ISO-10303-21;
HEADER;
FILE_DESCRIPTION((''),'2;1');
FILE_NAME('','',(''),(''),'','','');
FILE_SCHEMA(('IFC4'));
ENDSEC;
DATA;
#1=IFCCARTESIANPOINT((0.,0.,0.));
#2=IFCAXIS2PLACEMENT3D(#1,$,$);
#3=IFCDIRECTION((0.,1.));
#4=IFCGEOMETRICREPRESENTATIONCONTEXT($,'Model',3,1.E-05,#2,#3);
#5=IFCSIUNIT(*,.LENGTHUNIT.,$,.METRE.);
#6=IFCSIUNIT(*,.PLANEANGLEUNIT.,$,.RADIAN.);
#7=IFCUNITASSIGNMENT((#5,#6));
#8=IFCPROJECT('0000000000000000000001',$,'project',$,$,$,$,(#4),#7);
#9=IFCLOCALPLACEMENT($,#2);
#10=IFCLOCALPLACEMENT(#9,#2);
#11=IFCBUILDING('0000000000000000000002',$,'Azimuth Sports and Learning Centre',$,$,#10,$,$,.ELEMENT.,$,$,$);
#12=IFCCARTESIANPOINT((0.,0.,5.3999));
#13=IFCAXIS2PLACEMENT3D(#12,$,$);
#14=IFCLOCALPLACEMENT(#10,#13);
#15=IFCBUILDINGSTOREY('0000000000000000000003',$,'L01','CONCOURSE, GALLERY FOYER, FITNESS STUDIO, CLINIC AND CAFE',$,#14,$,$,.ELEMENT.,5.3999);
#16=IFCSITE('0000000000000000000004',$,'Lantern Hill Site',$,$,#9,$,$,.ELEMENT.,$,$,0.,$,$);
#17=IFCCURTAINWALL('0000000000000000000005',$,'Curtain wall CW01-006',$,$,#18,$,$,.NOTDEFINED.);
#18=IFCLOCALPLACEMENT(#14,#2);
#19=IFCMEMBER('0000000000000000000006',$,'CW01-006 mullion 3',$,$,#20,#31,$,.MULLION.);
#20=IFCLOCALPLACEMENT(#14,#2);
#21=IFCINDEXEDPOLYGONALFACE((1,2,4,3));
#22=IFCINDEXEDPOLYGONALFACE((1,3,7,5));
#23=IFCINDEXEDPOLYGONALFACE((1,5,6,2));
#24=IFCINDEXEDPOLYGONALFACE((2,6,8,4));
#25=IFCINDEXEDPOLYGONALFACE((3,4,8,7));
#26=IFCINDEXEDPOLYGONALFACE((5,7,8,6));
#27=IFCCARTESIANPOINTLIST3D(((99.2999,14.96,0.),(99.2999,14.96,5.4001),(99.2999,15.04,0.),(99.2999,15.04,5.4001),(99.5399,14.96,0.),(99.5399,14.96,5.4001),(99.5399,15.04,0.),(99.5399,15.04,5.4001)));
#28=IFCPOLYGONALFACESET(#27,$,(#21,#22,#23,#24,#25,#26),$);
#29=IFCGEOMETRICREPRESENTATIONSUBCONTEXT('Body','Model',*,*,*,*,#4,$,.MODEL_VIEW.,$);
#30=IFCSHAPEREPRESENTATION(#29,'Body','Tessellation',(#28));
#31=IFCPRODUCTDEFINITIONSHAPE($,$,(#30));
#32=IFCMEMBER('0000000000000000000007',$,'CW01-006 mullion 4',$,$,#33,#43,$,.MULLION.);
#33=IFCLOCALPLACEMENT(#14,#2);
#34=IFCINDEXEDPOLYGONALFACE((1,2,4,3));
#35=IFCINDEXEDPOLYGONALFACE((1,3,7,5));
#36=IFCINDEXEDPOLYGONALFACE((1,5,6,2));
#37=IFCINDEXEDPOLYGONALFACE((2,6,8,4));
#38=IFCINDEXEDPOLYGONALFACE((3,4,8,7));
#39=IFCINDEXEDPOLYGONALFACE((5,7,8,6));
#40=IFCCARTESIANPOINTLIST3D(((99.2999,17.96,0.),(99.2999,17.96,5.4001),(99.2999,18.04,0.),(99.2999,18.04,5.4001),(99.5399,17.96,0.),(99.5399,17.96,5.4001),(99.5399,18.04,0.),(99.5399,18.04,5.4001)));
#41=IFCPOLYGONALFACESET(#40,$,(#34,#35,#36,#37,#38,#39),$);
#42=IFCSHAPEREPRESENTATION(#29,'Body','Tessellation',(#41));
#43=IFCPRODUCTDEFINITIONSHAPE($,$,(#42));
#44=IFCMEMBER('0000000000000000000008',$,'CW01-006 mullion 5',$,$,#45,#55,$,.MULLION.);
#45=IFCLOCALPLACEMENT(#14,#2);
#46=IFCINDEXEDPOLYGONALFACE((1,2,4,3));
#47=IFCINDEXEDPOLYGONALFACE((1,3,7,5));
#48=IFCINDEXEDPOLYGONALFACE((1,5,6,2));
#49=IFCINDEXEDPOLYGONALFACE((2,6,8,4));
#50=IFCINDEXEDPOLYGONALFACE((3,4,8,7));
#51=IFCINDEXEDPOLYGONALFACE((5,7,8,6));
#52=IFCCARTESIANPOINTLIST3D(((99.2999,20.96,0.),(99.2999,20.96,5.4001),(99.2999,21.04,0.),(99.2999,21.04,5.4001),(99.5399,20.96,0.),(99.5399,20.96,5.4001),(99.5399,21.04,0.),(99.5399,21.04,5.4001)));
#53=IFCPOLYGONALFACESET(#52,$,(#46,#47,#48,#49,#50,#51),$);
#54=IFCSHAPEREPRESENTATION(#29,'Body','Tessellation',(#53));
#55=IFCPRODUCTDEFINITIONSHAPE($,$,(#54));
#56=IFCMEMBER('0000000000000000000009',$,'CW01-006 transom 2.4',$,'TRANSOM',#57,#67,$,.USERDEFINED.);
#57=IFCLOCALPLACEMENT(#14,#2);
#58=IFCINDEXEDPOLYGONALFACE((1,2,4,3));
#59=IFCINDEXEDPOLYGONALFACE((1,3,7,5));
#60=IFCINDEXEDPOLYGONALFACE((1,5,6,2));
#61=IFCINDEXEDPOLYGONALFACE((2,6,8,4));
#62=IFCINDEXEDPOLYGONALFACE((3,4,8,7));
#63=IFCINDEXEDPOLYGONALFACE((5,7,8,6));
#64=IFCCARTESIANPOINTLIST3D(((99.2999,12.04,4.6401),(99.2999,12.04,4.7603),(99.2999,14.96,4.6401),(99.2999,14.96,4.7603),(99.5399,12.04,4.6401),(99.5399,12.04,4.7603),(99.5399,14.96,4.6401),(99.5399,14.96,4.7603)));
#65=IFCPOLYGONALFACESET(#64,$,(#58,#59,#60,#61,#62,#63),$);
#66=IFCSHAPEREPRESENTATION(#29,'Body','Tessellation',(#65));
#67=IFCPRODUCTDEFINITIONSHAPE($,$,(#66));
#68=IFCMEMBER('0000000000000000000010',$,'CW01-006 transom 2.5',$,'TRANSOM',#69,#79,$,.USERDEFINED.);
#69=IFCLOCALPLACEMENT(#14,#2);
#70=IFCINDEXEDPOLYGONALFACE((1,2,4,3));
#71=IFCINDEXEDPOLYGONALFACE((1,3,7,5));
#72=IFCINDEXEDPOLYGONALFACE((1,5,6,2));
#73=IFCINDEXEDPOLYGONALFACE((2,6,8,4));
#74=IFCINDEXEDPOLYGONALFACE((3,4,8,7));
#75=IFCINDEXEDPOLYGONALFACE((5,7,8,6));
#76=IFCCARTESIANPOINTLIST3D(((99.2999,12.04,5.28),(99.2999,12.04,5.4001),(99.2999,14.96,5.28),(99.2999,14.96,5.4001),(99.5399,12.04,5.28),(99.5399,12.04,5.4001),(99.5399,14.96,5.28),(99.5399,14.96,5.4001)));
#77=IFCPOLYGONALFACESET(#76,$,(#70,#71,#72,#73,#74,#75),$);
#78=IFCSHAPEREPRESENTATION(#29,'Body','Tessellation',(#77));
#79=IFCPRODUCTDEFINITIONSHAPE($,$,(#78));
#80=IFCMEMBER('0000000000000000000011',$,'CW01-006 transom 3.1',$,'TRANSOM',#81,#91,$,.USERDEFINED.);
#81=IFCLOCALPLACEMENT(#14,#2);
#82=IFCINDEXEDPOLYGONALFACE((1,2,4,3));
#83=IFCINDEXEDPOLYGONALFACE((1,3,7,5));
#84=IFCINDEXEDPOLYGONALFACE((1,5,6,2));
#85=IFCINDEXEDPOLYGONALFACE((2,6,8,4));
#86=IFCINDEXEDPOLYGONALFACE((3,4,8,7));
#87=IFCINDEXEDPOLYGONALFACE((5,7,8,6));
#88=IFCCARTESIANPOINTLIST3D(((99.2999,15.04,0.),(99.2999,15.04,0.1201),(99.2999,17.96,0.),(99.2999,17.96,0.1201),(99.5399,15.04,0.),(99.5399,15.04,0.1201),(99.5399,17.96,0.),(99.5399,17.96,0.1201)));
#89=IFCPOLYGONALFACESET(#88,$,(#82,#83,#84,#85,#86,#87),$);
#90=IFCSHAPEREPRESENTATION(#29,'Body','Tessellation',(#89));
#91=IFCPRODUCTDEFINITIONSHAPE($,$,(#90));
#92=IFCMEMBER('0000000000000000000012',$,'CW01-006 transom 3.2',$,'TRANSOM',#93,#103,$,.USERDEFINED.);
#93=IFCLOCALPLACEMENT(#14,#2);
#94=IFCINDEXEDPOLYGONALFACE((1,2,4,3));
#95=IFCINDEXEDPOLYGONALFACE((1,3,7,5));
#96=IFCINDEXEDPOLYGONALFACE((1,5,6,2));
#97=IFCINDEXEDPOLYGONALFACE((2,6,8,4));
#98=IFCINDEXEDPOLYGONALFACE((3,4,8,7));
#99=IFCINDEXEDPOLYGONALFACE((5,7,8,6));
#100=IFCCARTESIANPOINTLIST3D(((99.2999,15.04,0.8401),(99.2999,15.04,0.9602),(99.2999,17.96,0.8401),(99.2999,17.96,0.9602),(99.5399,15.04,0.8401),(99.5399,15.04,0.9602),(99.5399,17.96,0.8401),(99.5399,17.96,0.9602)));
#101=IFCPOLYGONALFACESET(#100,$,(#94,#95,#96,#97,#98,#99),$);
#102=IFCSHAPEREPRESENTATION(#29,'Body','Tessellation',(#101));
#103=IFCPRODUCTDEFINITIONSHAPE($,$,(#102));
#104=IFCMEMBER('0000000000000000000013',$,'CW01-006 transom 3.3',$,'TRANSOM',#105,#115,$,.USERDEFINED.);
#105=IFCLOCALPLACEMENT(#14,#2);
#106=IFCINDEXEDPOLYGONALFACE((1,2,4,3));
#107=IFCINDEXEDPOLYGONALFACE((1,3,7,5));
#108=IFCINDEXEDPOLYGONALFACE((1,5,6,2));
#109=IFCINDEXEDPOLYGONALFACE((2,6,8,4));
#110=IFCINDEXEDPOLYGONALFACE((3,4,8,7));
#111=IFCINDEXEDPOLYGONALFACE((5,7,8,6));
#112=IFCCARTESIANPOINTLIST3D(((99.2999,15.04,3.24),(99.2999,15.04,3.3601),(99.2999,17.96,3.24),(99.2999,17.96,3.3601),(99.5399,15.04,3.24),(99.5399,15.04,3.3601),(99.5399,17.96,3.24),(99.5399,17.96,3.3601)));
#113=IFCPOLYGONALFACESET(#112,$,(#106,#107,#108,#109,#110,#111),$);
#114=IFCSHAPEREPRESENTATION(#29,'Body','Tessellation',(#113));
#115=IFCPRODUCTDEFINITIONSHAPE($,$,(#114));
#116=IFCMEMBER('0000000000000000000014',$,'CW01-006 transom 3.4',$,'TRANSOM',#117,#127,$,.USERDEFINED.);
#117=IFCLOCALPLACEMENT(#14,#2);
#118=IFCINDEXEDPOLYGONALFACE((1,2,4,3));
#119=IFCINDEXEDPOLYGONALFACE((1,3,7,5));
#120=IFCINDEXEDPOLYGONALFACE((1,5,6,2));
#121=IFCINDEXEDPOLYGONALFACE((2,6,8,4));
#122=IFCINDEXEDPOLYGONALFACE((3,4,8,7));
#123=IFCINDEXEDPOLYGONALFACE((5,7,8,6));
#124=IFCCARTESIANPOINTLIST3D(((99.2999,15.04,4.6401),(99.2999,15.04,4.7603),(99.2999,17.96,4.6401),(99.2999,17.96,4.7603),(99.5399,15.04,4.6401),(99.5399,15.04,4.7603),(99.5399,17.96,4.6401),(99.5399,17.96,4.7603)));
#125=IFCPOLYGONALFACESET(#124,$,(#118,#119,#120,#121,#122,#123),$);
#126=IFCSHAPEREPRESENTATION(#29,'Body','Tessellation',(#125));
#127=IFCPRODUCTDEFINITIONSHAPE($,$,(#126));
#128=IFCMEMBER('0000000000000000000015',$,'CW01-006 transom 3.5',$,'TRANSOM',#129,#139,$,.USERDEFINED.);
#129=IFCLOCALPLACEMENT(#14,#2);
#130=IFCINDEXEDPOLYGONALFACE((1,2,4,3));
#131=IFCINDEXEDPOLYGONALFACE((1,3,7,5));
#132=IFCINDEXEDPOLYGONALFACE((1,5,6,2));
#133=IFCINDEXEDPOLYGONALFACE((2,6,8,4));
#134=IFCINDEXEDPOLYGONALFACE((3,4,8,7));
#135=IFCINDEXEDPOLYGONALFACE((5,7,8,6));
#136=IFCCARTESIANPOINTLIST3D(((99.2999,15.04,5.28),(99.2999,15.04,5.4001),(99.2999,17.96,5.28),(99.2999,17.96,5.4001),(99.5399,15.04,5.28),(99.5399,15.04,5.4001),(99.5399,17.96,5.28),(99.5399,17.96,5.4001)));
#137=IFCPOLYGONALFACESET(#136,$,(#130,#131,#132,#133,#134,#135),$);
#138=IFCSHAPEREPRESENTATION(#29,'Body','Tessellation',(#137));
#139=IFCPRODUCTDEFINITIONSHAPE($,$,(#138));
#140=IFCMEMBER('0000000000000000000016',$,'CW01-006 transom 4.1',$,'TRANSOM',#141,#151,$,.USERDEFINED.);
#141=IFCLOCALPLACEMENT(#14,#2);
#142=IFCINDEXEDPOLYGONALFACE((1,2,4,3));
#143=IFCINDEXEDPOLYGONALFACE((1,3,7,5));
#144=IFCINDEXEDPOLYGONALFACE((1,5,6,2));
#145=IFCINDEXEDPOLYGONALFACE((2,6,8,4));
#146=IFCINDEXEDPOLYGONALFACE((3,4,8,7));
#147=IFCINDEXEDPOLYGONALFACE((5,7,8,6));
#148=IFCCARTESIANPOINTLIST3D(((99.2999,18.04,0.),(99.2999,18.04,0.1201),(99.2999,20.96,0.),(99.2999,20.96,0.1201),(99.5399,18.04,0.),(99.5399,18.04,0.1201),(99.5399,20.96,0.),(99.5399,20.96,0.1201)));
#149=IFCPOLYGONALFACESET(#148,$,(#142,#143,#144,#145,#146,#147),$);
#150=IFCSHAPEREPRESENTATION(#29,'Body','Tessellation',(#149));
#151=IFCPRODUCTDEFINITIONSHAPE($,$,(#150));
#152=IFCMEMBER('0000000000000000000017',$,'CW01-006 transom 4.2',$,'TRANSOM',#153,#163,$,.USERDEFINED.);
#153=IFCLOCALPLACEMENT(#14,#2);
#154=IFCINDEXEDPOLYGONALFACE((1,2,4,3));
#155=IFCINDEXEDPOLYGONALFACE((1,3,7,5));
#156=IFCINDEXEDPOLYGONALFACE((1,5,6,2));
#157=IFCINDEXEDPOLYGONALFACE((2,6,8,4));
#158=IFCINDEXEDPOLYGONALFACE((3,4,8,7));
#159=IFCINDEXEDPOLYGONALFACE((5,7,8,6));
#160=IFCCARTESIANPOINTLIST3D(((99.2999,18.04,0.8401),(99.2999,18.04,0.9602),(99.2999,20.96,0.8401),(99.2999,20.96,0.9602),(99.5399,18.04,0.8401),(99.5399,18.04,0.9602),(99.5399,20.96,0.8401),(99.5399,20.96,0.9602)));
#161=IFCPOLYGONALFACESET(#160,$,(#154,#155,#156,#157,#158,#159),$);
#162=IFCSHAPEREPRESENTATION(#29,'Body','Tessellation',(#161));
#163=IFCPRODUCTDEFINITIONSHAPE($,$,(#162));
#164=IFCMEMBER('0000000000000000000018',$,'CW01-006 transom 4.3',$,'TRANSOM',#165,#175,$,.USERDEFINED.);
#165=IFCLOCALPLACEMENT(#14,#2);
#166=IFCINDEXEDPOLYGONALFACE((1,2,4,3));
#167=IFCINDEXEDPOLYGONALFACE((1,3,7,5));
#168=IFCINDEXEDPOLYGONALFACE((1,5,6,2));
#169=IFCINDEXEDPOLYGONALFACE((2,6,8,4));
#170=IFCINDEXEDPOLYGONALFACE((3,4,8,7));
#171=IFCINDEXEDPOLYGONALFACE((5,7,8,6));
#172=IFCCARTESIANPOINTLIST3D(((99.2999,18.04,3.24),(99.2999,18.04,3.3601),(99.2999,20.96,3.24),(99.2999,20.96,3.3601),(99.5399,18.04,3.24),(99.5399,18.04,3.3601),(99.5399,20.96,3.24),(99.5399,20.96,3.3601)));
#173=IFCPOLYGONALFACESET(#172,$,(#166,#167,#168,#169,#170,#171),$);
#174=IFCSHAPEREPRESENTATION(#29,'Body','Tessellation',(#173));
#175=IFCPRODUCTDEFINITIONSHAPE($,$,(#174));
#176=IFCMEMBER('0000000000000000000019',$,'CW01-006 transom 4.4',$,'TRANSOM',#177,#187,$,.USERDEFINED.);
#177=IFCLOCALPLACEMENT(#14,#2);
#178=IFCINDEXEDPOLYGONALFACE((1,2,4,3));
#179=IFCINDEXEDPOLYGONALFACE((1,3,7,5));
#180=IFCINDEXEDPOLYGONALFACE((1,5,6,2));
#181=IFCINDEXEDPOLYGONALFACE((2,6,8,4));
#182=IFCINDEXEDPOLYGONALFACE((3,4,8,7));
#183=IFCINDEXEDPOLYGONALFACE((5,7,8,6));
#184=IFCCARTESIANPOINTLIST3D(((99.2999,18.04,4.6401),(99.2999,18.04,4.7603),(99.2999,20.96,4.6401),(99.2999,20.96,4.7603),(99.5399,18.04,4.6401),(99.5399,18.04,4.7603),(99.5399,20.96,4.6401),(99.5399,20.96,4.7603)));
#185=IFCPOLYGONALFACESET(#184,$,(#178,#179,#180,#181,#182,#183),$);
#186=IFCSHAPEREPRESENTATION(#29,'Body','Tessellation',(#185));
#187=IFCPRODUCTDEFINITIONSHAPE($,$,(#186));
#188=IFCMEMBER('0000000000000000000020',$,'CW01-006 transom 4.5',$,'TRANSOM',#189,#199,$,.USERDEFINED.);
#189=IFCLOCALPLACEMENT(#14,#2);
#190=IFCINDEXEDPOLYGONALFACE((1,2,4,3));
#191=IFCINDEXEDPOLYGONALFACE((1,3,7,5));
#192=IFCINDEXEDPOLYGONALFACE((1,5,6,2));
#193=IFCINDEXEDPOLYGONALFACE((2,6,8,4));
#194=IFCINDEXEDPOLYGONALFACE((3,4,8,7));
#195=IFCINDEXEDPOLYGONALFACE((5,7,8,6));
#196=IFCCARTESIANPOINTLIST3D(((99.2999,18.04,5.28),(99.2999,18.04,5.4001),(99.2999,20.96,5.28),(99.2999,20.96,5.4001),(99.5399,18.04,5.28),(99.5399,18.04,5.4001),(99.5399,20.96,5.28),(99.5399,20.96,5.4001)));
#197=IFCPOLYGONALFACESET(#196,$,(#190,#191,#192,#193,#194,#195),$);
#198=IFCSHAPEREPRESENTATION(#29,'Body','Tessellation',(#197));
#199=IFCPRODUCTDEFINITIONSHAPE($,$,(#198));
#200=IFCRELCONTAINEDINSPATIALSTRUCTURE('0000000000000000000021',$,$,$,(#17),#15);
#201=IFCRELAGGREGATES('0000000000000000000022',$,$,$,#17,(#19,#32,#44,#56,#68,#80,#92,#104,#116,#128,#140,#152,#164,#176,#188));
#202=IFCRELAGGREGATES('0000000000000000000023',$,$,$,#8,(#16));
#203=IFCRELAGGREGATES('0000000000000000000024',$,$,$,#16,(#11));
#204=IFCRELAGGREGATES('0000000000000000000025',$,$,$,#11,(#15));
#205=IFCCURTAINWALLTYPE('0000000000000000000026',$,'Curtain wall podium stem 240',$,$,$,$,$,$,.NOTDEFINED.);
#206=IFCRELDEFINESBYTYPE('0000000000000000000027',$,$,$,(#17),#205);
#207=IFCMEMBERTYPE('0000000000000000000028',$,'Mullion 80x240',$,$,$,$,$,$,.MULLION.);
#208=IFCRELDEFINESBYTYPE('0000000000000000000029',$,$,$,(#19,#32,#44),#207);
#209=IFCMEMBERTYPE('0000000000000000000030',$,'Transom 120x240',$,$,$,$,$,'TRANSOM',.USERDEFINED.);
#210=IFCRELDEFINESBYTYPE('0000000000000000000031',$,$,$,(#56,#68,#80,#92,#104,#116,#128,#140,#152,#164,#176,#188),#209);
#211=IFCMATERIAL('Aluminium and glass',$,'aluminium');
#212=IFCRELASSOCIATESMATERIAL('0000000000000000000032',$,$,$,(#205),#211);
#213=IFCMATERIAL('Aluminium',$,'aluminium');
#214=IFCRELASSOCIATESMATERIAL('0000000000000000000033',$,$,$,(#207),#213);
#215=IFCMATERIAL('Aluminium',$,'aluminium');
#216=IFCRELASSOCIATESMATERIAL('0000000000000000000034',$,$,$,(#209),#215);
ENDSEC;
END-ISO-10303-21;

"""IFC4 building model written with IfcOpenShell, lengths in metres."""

from ifc_helpers import new_model, si_unit, direction, frame, origin, origin_2d, place, context, subcontext, project, spatial, rectangle, extrude, material, material_profile, profile_set, type_object, element, aggregate, save


model = new_model("IFC4")

# Units and contexts
model_context = context("Model", 3, precision=1e-05, world=origin(), true_north=direction((0.0, 1.0)))
body_context = subcontext(model_context, "Body", "Model", "MODEL_VIEW")
ifc_project = project(units=[si_unit("LENGTHUNIT", "METRE"), si_unit("PLANEANGLEUNIT", "RADIAN")], contexts=[model_context])

# Site, building, storey
site_placement = place(None, origin())
site = spatial("IfcSite", under=ifc_project, at=site_placement, Name="Lantern Hill Site", CompositionType="ELEMENT", RefElevation=0.0)
building_placement = place(site_placement, origin())
building = spatial("IfcBuilding", under=site, at=building_placement, Name="Azimuth Sports and Learning Centre", CompositionType="ELEMENT")
storey_placement = place(building_placement, frame((0.0, 0.0, 5.3999)))
storey = spatial("IfcBuildingStorey", under=building, at=storey_placement, Name="L01", Description="CONCOURSE, GALLERY FOYER, FITNESS STUDIO, CLINIC AND CAFE", CompositionType="ELEMENT", Elevation=5.3999)

# Curtain wall, members
ifc_material_1 = material(Name="Aluminium and glass", Category="aluminium")
curtain_wall_type = type_object("IfcCurtainWallType", Name="Curtain wall podium stem 240", PredefinedType="NOTDEFINED", material=ifc_material_1)
curtain_wall_placement = place(storey_placement, origin())
curtain_wall = element("IfcCurtainWall", 1, at=curtain_wall_placement, inside=storey, type_object=curtain_wall_type, Name="Curtain wall CW01-006", PredefinedType="NOTDEFINED")
ifc_material_2 = material(Name="Aluminium", Category="aluminium")
ifc_material_profile_1 = material_profile(ifc_material_2, rectangle(XDim=0.24, YDim=0.0801, at=origin_2d()), Name="Mullion 80x240")
ifc_profile_set_1 = profile_set([ifc_material_profile_1], Name="Aluminium")
member_type_1 = type_object("IfcMemberType", Name="Mullion 80x240", PredefinedType="MULLION", material=ifc_profile_set_1)
member_1_placement = place(storey_placement, frame((99.4199, 15.0, 0.0), z_axis=(0.0, 0.0, 1.0), x_axis=(-1.0, 0.0, 0.0)))
member_1 = element("IfcMember", 2, at=member_1_placement, type_object=member_type_1, Name="CW01-006 mullion 3", PredefinedType="MULLION", context=body_context, shape_type="SweptSolid", body=[
    extrude(rectangle(XDim=0.24, YDim=0.0801, at=origin_2d()), origin(), (0.0, 0.0, 1.0), 5.4001),
])
member_2_placement = place(storey_placement, frame((99.4199, 18.0, 0.0), z_axis=(0.0, 0.0, 1.0), x_axis=(-1.0, 0.0, 0.0)))
member_2 = element("IfcMember", 3, at=member_2_placement, type_object=member_type_1, Name="CW01-006 mullion 4", PredefinedType="MULLION", context=body_context, shape_type="SweptSolid", body=[
    extrude(rectangle(XDim=0.24, YDim=0.0801, at=origin_2d()), origin(), (0.0, 0.0, 1.0), 5.4001),
])
member_3_placement = place(storey_placement, frame((99.4199, 21.0, 0.0), z_axis=(0.0, 0.0, 1.0), x_axis=(-1.0, 0.0, 0.0)))
member_3 = element("IfcMember", 4, at=member_3_placement, type_object=member_type_1, Name="CW01-006 mullion 5", PredefinedType="MULLION", context=body_context, shape_type="SweptSolid", body=[
    extrude(rectangle(XDim=0.24, YDim=0.0801, at=origin_2d()), origin(), (0.0, 0.0, 1.0), 5.4001),
])
ifc_material_3 = material(Name="Aluminium", Category="aluminium")
ifc_material_profile_2 = material_profile(ifc_material_3, rectangle(XDim=0.24, YDim=0.1201, at=origin_2d()), Name="Transom 120x240")
ifc_profile_set_2 = profile_set([ifc_material_profile_2], Name="Aluminium")
member_type_2 = type_object("IfcMemberType", Name="Transom 120x240", ElementType="TRANSOM", PredefinedType="USERDEFINED", material=ifc_profile_set_2)
member_4_placement = place(storey_placement, frame((99.4199, 12.04, 4.7002), z_axis=(0.0, 1.0, 0.0), x_axis=(-1.0, 0.0, 0.0)))
member_4 = element("IfcMember", 5, at=member_4_placement, type_object=member_type_2, Name="CW01-006 transom 2.4", ObjectType="TRANSOM", PredefinedType="USERDEFINED", context=body_context, shape_type="SweptSolid", body=[
    extrude(rectangle(XDim=0.24, YDim=0.1201, at=origin_2d()), origin(), (0.0, 0.0, 1.0), 2.9199),
])
member_5_placement = place(storey_placement, frame((99.4199, 12.04, 5.3401), z_axis=(0.0, 1.0, 0.0), x_axis=(-1.0, 0.0, 0.0)))
member_5 = element("IfcMember", 6, at=member_5_placement, type_object=member_type_2, Name="CW01-006 transom 2.5", ObjectType="TRANSOM", PredefinedType="USERDEFINED", context=body_context, shape_type="SweptSolid", body=[
    extrude(rectangle(XDim=0.24, YDim=0.1201, at=origin_2d()), origin(), (0.0, 0.0, 1.0), 2.9199),
])
member_6_placement = place(storey_placement, frame((99.4199, 15.04, 0.0601), z_axis=(0.0, 1.0, 0.0), x_axis=(-1.0, 0.0, 0.0)))
member_6 = element("IfcMember", 7, at=member_6_placement, type_object=member_type_2, Name="CW01-006 transom 3.1", ObjectType="TRANSOM", PredefinedType="USERDEFINED", context=body_context, shape_type="SweptSolid", body=[
    extrude(rectangle(XDim=0.24, YDim=0.1201, at=origin_2d()), origin(), (0.0, 0.0, 1.0), 2.9199),
])
member_7_placement = place(storey_placement, frame((99.4199, 15.04, 0.9001), z_axis=(0.0, 1.0, 0.0), x_axis=(-1.0, 0.0, 0.0)))
member_7 = element("IfcMember", 8, at=member_7_placement, type_object=member_type_2, Name="CW01-006 transom 3.2", ObjectType="TRANSOM", PredefinedType="USERDEFINED", context=body_context, shape_type="SweptSolid", body=[
    extrude(rectangle(XDim=0.24, YDim=0.1201, at=origin_2d()), origin(), (0.0, 0.0, 1.0), 2.9199),
])
member_8_placement = place(storey_placement, frame((99.4199, 15.04, 3.3), z_axis=(0.0, 1.0, 0.0), x_axis=(-1.0, 0.0, 0.0)))
member_8 = element("IfcMember", 9, at=member_8_placement, type_object=member_type_2, Name="CW01-006 transom 3.3", ObjectType="TRANSOM", PredefinedType="USERDEFINED", context=body_context, shape_type="SweptSolid", body=[
    extrude(rectangle(XDim=0.24, YDim=0.1201, at=origin_2d()), origin(), (0.0, 0.0, 1.0), 2.9199),
])
member_9_placement = place(storey_placement, frame((99.4199, 15.04, 4.7002), z_axis=(0.0, 1.0, 0.0), x_axis=(-1.0, 0.0, 0.0)))
member_9 = element("IfcMember", 10, at=member_9_placement, type_object=member_type_2, Name="CW01-006 transom 3.4", ObjectType="TRANSOM", PredefinedType="USERDEFINED", context=body_context, shape_type="SweptSolid", body=[
    extrude(rectangle(XDim=0.24, YDim=0.1201, at=origin_2d()), origin(), (0.0, 0.0, 1.0), 2.9199),
])
member_10_placement = place(storey_placement, frame((99.4199, 15.04, 5.3401), z_axis=(0.0, 1.0, 0.0), x_axis=(-1.0, 0.0, 0.0)))
member_10 = element("IfcMember", 11, at=member_10_placement, type_object=member_type_2, Name="CW01-006 transom 3.5", ObjectType="TRANSOM", PredefinedType="USERDEFINED", context=body_context, shape_type="SweptSolid", body=[
    extrude(rectangle(XDim=0.24, YDim=0.1201, at=origin_2d()), origin(), (0.0, 0.0, 1.0), 2.9199),
])
member_11_placement = place(storey_placement, frame((99.4199, 18.04, 0.0601), z_axis=(0.0, 1.0, 0.0), x_axis=(-1.0, 0.0, 0.0)))
member_11 = element("IfcMember", 12, at=member_11_placement, type_object=member_type_2, Name="CW01-006 transom 4.1", ObjectType="TRANSOM", PredefinedType="USERDEFINED", context=body_context, shape_type="SweptSolid", body=[
    extrude(rectangle(XDim=0.24, YDim=0.1201, at=origin_2d()), origin(), (0.0, 0.0, 1.0), 2.9199),
])
member_12_placement = place(storey_placement, frame((99.4199, 18.04, 0.9001), z_axis=(0.0, 1.0, 0.0), x_axis=(-1.0, 0.0, 0.0)))
member_12 = element("IfcMember", 13, at=member_12_placement, type_object=member_type_2, Name="CW01-006 transom 4.2", ObjectType="TRANSOM", PredefinedType="USERDEFINED", context=body_context, shape_type="SweptSolid", body=[
    extrude(rectangle(XDim=0.24, YDim=0.1201, at=origin_2d()), origin(), (0.0, 0.0, 1.0), 2.9199),
])
member_13_placement = place(storey_placement, frame((99.4199, 18.04, 3.3), z_axis=(0.0, 1.0, 0.0), x_axis=(-1.0, 0.0, 0.0)))
member_13 = element("IfcMember", 14, at=member_13_placement, type_object=member_type_2, Name="CW01-006 transom 4.3", ObjectType="TRANSOM", PredefinedType="USERDEFINED", context=body_context, shape_type="SweptSolid", body=[
    extrude(rectangle(XDim=0.24, YDim=0.1201, at=origin_2d()), origin(), (0.0, 0.0, 1.0), 2.9199),
])
member_14_placement = place(storey_placement, frame((99.4199, 18.04, 4.7002), z_axis=(0.0, 1.0, 0.0), x_axis=(-1.0, 0.0, 0.0)))
member_14 = element("IfcMember", 15, at=member_14_placement, type_object=member_type_2, Name="CW01-006 transom 4.4", ObjectType="TRANSOM", PredefinedType="USERDEFINED", context=body_context, shape_type="SweptSolid", body=[
    extrude(rectangle(XDim=0.24, YDim=0.1201, at=origin_2d()), origin(), (0.0, 0.0, 1.0), 2.9199),
])
member_15_placement = place(storey_placement, frame((99.4199, 18.04, 5.3401), z_axis=(0.0, 1.0, 0.0), x_axis=(-1.0, 0.0, 0.0)))
member_15 = element("IfcMember", 16, at=member_15_placement, type_object=member_type_2, Name="CW01-006 transom 4.5", ObjectType="TRANSOM", PredefinedType="USERDEFINED", context=body_context, shape_type="SweptSolid", body=[
    extrude(rectangle(XDim=0.24, YDim=0.1201, at=origin_2d()), origin(), (0.0, 0.0, 1.0), 2.9199),
])
aggregate(curtain_wall, [member_1, member_2, member_3, member_4, member_5, member_6, member_7, member_8, member_9, member_10, member_11, member_12, member_13, member_14, member_15])

save(model, "model.ifc")
